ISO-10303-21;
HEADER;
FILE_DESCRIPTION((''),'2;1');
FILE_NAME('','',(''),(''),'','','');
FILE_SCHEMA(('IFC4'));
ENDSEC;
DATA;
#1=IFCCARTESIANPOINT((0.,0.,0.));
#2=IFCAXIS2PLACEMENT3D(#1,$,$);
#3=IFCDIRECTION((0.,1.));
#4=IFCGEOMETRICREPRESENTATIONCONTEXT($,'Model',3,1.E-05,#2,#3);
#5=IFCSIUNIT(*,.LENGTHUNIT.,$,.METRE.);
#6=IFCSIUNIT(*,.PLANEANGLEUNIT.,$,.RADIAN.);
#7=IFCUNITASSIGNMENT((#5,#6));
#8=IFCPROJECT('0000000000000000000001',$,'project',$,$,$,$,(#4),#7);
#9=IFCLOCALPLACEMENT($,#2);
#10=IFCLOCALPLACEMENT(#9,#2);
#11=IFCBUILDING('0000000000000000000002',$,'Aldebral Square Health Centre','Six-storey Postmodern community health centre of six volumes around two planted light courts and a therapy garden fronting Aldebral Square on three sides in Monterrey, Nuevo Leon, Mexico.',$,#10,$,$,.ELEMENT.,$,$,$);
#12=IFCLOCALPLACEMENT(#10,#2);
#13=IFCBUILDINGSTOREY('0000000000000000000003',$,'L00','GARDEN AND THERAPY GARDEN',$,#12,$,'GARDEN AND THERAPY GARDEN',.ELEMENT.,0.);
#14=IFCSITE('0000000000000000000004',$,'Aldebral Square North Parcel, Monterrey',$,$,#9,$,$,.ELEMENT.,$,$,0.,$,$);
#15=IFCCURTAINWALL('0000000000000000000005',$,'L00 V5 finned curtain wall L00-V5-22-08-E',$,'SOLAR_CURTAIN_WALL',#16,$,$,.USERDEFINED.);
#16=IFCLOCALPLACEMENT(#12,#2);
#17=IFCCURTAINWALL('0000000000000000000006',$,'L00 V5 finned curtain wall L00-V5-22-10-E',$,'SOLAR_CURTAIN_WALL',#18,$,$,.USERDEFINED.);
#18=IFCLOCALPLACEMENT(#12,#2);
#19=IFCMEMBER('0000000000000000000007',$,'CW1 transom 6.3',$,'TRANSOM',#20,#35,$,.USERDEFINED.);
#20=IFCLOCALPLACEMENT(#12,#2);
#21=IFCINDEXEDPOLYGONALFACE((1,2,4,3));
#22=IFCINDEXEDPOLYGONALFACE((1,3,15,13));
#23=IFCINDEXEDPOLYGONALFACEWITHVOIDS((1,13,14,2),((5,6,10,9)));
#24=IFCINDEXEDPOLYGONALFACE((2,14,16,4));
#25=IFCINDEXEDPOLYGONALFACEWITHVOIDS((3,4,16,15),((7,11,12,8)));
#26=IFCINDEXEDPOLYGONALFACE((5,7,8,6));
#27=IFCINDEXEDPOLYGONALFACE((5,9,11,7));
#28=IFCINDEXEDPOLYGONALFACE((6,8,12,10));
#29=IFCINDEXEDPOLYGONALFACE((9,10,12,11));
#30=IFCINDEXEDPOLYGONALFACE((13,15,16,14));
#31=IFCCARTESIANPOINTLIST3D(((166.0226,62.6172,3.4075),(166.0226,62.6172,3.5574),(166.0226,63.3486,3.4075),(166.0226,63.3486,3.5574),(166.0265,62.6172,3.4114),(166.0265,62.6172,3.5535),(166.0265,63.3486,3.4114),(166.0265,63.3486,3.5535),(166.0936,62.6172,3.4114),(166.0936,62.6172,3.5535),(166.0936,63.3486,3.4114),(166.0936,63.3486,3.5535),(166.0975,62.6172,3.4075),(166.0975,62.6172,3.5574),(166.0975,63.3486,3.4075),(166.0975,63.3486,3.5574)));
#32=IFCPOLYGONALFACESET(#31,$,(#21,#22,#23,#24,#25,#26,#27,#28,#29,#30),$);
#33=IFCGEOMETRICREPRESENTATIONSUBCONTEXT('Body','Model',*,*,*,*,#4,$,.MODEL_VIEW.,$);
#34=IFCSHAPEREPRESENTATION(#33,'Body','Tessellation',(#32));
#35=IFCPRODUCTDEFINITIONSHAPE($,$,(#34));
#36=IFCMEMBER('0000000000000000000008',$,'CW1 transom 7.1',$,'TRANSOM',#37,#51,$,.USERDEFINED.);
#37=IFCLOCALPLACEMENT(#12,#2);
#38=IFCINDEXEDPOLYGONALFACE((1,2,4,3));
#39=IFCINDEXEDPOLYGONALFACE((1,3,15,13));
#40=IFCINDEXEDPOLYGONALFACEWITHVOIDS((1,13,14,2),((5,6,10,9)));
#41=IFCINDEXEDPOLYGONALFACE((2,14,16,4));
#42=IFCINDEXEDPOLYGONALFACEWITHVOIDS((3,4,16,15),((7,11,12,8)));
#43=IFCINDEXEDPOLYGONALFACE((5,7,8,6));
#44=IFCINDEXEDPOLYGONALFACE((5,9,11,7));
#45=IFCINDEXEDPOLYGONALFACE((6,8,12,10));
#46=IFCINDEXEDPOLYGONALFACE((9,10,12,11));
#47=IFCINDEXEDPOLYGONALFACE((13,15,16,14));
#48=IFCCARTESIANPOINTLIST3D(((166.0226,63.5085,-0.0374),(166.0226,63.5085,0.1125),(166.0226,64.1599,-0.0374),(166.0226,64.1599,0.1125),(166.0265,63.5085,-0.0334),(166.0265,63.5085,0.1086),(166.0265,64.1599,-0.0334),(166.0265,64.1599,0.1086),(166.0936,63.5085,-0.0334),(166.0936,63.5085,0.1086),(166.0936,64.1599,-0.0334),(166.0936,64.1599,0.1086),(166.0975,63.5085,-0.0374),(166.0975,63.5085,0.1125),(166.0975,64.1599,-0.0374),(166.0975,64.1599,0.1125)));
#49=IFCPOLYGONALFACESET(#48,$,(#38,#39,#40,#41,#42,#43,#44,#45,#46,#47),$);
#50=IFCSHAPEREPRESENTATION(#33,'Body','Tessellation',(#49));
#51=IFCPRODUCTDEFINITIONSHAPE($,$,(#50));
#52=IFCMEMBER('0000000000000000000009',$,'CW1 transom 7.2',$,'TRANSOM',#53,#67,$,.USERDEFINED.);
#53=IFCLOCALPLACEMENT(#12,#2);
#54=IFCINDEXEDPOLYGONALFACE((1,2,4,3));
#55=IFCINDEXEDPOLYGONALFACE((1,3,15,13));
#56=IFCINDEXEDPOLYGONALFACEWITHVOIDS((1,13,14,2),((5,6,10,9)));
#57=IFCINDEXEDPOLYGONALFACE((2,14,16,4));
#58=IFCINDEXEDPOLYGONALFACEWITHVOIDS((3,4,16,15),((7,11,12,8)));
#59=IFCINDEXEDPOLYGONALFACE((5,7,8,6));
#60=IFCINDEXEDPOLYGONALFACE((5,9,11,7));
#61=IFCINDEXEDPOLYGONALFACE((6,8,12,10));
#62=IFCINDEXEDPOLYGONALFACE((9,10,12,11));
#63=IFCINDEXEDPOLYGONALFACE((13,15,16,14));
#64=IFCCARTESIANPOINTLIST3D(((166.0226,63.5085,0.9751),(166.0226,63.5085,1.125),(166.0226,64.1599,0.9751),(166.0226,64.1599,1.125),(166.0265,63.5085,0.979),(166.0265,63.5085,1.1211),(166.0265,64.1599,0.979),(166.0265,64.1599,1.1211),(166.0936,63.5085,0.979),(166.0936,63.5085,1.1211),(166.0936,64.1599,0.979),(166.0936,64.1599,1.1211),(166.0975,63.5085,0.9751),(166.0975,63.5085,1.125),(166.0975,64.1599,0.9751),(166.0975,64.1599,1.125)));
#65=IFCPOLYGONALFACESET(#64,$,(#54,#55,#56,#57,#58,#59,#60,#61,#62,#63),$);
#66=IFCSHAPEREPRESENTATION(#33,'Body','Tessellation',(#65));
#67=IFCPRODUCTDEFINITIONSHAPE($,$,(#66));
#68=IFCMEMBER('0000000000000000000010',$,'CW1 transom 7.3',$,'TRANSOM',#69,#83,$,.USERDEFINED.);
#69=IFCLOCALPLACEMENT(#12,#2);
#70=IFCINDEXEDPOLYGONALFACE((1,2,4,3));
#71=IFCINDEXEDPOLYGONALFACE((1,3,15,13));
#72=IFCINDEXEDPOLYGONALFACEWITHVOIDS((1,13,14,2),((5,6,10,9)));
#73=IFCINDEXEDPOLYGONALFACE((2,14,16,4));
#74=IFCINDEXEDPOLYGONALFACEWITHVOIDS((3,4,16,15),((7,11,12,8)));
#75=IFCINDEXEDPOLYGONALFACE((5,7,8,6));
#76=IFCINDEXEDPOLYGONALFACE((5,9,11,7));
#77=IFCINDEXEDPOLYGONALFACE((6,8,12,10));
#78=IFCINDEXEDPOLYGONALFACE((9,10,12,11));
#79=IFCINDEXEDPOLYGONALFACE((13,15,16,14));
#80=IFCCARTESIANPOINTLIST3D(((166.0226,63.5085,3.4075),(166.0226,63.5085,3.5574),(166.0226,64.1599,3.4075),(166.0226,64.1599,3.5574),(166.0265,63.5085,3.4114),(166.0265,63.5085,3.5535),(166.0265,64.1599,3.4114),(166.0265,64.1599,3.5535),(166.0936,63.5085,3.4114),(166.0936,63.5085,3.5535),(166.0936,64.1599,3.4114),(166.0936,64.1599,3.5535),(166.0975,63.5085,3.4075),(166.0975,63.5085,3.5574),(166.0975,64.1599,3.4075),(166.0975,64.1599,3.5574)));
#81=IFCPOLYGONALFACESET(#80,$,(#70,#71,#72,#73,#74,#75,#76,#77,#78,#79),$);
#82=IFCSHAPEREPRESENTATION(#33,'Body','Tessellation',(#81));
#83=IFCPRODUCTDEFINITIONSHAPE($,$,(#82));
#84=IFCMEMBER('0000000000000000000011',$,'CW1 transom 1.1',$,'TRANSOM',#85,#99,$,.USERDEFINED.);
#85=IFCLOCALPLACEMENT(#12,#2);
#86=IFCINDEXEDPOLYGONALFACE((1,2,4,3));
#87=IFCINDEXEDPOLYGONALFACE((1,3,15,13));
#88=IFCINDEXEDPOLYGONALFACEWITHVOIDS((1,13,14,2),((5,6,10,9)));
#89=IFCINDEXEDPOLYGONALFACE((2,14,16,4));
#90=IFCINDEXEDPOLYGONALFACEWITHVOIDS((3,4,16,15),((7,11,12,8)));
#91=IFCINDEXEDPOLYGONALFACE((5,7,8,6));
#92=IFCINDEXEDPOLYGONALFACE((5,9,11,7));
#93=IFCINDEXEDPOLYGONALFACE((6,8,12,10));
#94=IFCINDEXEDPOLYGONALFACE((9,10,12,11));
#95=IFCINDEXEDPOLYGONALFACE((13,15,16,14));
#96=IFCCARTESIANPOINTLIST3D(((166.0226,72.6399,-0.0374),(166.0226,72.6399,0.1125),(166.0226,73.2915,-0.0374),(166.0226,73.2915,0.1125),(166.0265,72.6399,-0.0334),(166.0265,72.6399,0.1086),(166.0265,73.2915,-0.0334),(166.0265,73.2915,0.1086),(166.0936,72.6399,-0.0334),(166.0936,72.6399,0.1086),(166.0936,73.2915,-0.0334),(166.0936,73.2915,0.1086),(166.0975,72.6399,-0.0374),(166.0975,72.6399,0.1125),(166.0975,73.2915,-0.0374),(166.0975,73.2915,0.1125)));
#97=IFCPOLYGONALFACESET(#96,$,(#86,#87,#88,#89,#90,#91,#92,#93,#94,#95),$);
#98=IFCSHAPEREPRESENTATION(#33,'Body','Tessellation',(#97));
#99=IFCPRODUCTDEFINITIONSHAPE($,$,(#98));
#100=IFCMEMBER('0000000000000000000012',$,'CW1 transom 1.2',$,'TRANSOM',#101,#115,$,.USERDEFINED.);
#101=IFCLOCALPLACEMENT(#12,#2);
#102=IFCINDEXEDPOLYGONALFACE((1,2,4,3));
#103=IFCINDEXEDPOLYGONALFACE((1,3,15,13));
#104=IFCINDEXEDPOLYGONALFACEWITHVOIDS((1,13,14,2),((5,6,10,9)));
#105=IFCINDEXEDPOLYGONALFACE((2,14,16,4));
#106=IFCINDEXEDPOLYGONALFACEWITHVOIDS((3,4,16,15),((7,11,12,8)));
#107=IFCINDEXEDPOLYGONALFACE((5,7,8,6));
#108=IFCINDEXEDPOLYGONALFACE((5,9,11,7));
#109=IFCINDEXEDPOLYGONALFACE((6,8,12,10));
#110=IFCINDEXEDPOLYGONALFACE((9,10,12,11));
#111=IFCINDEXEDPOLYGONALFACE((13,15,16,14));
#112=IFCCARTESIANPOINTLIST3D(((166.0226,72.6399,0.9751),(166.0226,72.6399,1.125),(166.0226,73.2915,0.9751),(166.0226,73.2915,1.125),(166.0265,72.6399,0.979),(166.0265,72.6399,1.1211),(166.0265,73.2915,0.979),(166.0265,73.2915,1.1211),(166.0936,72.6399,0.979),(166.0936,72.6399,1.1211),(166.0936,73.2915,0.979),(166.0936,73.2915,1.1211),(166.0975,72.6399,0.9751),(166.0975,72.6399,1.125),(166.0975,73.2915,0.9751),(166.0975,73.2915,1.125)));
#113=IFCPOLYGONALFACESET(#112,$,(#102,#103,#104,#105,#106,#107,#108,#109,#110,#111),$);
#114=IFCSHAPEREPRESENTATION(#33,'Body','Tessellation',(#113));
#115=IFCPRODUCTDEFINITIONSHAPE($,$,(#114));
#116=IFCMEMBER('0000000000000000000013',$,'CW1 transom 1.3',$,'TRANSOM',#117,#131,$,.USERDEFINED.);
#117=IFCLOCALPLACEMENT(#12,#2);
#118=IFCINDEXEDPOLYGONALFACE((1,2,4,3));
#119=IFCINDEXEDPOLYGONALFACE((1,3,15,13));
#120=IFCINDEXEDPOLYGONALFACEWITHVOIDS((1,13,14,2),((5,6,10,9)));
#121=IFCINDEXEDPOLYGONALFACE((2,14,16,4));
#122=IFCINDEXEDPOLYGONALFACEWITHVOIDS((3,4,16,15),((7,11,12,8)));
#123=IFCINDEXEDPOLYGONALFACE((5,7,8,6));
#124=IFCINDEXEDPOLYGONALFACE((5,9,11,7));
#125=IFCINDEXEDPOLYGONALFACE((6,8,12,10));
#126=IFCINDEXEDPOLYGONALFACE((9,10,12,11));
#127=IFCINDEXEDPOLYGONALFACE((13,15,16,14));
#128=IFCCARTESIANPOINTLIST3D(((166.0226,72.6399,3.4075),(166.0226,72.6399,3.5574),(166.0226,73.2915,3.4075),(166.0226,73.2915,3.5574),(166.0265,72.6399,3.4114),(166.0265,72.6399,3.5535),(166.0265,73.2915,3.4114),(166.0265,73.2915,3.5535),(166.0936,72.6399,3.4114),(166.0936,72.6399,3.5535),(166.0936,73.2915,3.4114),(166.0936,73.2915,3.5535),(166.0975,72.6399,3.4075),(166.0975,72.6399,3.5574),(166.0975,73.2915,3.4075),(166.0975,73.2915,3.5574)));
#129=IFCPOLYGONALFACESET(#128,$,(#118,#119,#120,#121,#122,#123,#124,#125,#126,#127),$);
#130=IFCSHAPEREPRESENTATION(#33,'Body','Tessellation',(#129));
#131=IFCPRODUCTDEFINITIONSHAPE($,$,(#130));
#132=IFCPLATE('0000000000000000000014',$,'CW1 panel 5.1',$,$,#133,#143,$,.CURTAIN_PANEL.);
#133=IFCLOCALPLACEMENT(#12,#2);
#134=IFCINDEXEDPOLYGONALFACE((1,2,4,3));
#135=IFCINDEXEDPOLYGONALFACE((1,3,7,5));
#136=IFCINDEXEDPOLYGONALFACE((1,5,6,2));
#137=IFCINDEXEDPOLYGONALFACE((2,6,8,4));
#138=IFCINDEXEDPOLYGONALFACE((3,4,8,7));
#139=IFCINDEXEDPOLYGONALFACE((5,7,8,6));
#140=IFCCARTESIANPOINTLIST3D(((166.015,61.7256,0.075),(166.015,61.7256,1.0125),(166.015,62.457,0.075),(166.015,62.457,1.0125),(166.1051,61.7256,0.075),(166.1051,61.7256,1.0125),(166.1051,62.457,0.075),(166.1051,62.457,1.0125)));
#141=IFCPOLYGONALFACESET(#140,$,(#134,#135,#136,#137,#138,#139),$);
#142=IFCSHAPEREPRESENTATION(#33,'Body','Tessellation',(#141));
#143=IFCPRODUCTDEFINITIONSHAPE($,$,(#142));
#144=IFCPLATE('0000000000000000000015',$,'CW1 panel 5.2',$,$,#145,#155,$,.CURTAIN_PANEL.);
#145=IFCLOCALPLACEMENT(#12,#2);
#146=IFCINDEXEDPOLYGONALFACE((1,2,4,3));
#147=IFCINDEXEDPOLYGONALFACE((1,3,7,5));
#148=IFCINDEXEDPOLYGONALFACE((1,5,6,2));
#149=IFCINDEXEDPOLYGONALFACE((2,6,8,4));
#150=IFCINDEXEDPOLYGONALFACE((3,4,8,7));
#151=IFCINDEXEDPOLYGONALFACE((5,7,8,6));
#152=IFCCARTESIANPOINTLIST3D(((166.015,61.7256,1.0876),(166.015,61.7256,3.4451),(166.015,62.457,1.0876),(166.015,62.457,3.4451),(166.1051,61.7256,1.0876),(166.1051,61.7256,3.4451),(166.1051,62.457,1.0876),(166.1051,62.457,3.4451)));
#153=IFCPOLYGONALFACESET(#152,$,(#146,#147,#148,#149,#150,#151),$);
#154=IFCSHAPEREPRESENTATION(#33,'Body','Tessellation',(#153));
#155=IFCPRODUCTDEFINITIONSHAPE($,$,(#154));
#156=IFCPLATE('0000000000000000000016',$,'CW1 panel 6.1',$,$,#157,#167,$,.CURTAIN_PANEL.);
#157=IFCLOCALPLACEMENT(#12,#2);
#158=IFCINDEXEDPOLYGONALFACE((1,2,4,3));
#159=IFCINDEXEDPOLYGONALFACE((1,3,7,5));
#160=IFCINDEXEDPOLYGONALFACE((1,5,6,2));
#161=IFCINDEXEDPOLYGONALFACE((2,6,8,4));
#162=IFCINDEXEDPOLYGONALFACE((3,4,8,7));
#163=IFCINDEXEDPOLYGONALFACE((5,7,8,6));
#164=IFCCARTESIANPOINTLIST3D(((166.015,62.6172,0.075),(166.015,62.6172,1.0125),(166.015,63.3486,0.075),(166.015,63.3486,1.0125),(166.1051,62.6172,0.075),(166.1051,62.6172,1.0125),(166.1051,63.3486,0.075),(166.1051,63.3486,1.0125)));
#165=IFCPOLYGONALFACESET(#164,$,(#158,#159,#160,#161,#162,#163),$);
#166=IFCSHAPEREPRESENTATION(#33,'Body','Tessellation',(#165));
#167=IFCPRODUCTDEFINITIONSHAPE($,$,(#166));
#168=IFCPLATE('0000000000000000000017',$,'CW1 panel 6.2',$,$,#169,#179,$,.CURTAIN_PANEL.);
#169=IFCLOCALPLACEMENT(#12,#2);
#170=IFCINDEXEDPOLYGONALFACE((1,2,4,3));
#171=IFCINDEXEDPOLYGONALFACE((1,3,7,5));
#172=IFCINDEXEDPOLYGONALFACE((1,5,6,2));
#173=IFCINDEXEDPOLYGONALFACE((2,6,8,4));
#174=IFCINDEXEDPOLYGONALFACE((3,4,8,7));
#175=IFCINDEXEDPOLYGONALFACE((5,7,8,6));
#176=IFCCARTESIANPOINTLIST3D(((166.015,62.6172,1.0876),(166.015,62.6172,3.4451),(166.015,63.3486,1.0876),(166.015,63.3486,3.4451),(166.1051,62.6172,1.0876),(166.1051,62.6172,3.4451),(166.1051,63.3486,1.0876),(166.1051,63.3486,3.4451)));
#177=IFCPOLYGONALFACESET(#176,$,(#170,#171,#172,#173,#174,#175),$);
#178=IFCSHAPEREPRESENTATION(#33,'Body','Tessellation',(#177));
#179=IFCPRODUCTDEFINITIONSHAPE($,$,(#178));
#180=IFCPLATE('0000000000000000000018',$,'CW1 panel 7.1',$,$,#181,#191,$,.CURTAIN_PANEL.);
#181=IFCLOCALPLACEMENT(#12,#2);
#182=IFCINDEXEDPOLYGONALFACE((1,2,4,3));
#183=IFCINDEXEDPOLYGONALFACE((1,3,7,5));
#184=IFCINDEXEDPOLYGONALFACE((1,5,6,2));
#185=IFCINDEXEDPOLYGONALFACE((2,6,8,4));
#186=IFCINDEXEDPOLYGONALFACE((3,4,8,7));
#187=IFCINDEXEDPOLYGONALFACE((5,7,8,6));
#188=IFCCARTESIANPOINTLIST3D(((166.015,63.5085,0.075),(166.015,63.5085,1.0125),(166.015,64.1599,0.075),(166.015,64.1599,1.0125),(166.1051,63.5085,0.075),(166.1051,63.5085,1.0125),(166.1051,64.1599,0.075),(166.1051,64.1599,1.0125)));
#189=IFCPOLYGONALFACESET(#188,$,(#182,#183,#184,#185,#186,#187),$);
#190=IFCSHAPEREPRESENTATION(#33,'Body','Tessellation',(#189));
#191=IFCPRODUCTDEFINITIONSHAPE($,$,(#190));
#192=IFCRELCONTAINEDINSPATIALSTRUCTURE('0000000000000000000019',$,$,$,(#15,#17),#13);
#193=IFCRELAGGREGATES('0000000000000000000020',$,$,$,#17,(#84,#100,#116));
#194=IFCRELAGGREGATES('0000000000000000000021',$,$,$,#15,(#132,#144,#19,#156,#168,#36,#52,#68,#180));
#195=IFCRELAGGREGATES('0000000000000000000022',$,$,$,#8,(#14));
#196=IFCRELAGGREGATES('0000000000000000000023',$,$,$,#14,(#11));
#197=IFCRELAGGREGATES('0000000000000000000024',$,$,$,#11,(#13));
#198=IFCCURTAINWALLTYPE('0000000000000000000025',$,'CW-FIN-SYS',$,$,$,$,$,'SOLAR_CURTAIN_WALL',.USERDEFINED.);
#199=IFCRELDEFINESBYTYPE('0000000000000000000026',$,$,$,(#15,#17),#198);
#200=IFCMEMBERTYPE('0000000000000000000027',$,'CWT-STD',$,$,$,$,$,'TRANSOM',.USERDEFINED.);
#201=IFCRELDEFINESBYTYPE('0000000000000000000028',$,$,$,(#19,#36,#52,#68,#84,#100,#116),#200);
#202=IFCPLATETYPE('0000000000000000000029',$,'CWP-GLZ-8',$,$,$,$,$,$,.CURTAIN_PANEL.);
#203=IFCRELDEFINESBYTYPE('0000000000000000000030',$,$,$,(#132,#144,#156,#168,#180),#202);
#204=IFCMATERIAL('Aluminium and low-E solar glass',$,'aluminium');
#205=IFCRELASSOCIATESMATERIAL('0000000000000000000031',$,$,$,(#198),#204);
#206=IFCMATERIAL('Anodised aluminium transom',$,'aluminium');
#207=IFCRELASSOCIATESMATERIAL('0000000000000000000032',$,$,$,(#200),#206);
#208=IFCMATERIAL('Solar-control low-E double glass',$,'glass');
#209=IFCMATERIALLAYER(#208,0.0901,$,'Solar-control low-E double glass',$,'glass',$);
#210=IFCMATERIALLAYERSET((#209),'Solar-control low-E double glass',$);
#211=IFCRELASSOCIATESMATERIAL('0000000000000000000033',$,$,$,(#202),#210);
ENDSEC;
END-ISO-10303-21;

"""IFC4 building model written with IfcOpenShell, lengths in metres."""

from ifc_helpers import new_model, si_unit, direction, frame, origin, origin_2d, place, context, subcontext, project, spatial, rectangle, hollow_rectangle, extrude, material, layer, layer_set, material_profile, profile_set, type_object, element, aggregate, save


model = new_model("IFC4")

# Units and contexts
model_context = context("Model", 3, precision=1e-05, world=origin(), true_north=direction((0.0, 1.0)))
body_context = subcontext(model_context, "Body", "Model", "MODEL_VIEW")
ifc_project = project(units=[si_unit("LENGTHUNIT", "METRE"), si_unit("PLANEANGLEUNIT", "RADIAN")], contexts=[model_context])

# Site, building, storey
site_placement = place(None, origin())
site = spatial("IfcSite", under=ifc_project, at=site_placement, Name="Aldebral Square North Parcel, Monterrey", CompositionType="ELEMENT", RefElevation=0.0)
building_placement = place(site_placement, origin())
building = spatial("IfcBuilding", under=site, at=building_placement, Name="Aldebral Square Health Centre", Description="Six-storey Postmodern community health centre of six volumes around two planted light courts and a therapy garden fronting Aldebral Square on three sides in Monterrey, Nuevo Leon, Mexico.", CompositionType="ELEMENT")
storey_placement = place(building_placement, origin())
storey = spatial("IfcBuildingStorey", under=building, at=storey_placement, Name="L00", Description="GARDEN AND THERAPY GARDEN", LongName="GARDEN AND THERAPY GARDEN", CompositionType="ELEMENT", Elevation=0.0)

# Curtain wall
ifc_material_1 = material(Name="Aluminium and low-E solar glass", Category="aluminium")
curtain_wall_type = type_object("IfcCurtainWallType", Name="CW-FIN-SYS", ElementType="SOLAR_CURTAIN_WALL", PredefinedType="USERDEFINED", material=ifc_material_1)
curtain_wall_1_placement = place(storey_placement, origin())
curtain_wall_1 = element("IfcCurtainWall", 1, at=curtain_wall_1_placement, inside=storey, type_object=curtain_wall_type, Name="L00 V5 finned curtain wall L00-V5-22-08-E", ObjectType="SOLAR_CURTAIN_WALL", PredefinedType="USERDEFINED")

# Curtain wall
curtain_wall_2_placement = place(storey_placement, origin())
curtain_wall_2 = element("IfcCurtainWall", 2, at=curtain_wall_2_placement, inside=storey, type_object=curtain_wall_type, Name="L00 V5 finned curtain wall L00-V5-22-10-E", ObjectType="SOLAR_CURTAIN_WALL", PredefinedType="USERDEFINED")

# Members
ifc_material_2 = material(Name="Anodised aluminium transom", Category="aluminium")
ifc_material_profile_1 = material_profile(ifc_material_2, hollow_rectangle(XDim=0.075, YDim=0.1499, WallThickness=0.0039, at=origin_2d()), Name="CWT 75x150x4")
ifc_profile_set_1 = profile_set([ifc_material_profile_1], Name="Anodised aluminium transom")
member_type_1 = type_object("IfcMemberType", Name="CWT-STD", ElementType="TRANSOM", PredefinedType="USERDEFINED", material=ifc_profile_set_1)
member_1_placement = place(storey_placement, frame((166.0601, 62.6172, 3.4824), z_axis=(0.0, 1.0, 0.0), x_axis=(-1.0, 0.0, 0.0)))
member_1 = element("IfcMember", 3, at=member_1_placement, type_object=member_type_1, Name="CW1 transom 6.3", ObjectType="TRANSOM", PredefinedType="USERDEFINED", context=body_context, shape_type="SweptSolid", body=[
    extrude(hollow_rectangle(XDim=0.075, YDim=0.1499, WallThickness=0.0039, at=origin_2d()), origin(), (0.0, 0.0, 1.0), 0.7314),
])
member_2_placement = place(storey_placement, frame((166.0601, 63.5085, 0.0376), z_axis=(0.0, 1.0, 0.0), x_axis=(-1.0, 0.0, 0.0)))
member_2 = element("IfcMember", 4, at=member_2_placement, type_object=member_type_1, Name="CW1 transom 7.1", ObjectType="TRANSOM", PredefinedType="USERDEFINED", context=body_context, shape_type="SweptSolid", body=[
    extrude(hollow_rectangle(XDim=0.075, YDim=0.1499, WallThickness=0.0039, at=origin_2d()), origin(), (0.0, 0.0, 1.0), 0.6514),
])
member_3_placement = place(storey_placement, frame((166.0601, 63.5085, 1.05), z_axis=(0.0, 1.0, 0.0), x_axis=(-1.0, 0.0, 0.0)))
member_3 = element("IfcMember", 5, at=member_3_placement, type_object=member_type_1, Name="CW1 transom 7.2", ObjectType="TRANSOM", PredefinedType="USERDEFINED", context=body_context, shape_type="SweptSolid", body=[
    extrude(hollow_rectangle(XDim=0.075, YDim=0.1499, WallThickness=0.0039, at=origin_2d()), origin(), (0.0, 0.0, 1.0), 0.6514),
])
member_4_placement = place(storey_placement, frame((166.0601, 63.5085, 3.4824), z_axis=(0.0, 1.0, 0.0), x_axis=(-1.0, 0.0, 0.0)))
member_4 = element("IfcMember", 6, at=member_4_placement, type_object=member_type_1, Name="CW1 transom 7.3", ObjectType="TRANSOM", PredefinedType="USERDEFINED", context=body_context, shape_type="SweptSolid", body=[
    extrude(hollow_rectangle(XDim=0.075, YDim=0.1499, WallThickness=0.0039, at=origin_2d()), origin(), (0.0, 0.0, 1.0), 0.6514),
])
member_5_placement = place(storey_placement, frame((166.0601, 72.6399, 0.0376), z_axis=(0.0, 1.0, 0.0), x_axis=(-1.0, 0.0, 0.0)))
member_5 = element("IfcMember", 7, at=member_5_placement, type_object=member_type_1, Name="CW1 transom 1.1", ObjectType="TRANSOM", PredefinedType="USERDEFINED", context=body_context, shape_type="SweptSolid", body=[
    extrude(hollow_rectangle(XDim=0.075, YDim=0.1499, WallThickness=0.0039, at=origin_2d()), origin(), (0.0, 0.0, 1.0), 0.6516),
])
member_6_placement = place(storey_placement, frame((166.0601, 72.6399, 1.05), z_axis=(0.0, 1.0, 0.0), x_axis=(-1.0, 0.0, 0.0)))
member_6 = element("IfcMember", 8, at=member_6_placement, type_object=member_type_1, Name="CW1 transom 1.2", ObjectType="TRANSOM", PredefinedType="USERDEFINED", context=body_context, shape_type="SweptSolid", body=[
    extrude(hollow_rectangle(XDim=0.075, YDim=0.1499, WallThickness=0.0039, at=origin_2d()), origin(), (0.0, 0.0, 1.0), 0.6516),
])
member_7_placement = place(storey_placement, frame((166.0601, 72.6399, 3.4824), z_axis=(0.0, 1.0, 0.0), x_axis=(-1.0, 0.0, 0.0)))
member_7 = element("IfcMember", 9, at=member_7_placement, type_object=member_type_1, Name="CW1 transom 1.3", ObjectType="TRANSOM", PredefinedType="USERDEFINED", context=body_context, shape_type="SweptSolid", body=[
    extrude(hollow_rectangle(XDim=0.075, YDim=0.1499, WallThickness=0.0039, at=origin_2d()), origin(), (0.0, 0.0, 1.0), 0.6516),
])
aggregate(curtain_wall_2, [member_5, member_6, member_7])

# Plates
ifc_material_3 = material(Name="Solar-control low-E double glass", Category="glass")
ifc_layer_1 = layer(ifc_material_3, 0.0901, Name="Solar-control low-E double glass", Category="glass")
ifc_layer_set_1 = layer_set([ifc_layer_1], Name="Solar-control low-E double glass")
plate_type = type_object("IfcPlateType", Name="CWP-GLZ-8", PredefinedType="CURTAIN_PANEL", material=ifc_layer_set_1)
plate_1_placement = place(storey_placement, frame((166.0601, 62.0913, 0.075), z_axis=(0.0, 0.0, 1.0), x_axis=(0.0, 1.0, 0.0)))
plate_1 = element("IfcPlate", 10, at=plate_1_placement, type_object=plate_type, Name="CW1 panel 5.1", PredefinedType="CURTAIN_PANEL", context=body_context, shape_type="SweptSolid", body=[
    extrude(rectangle(XDim=0.7314, YDim=0.0901, at=origin_2d()), origin(), (0.0, 0.0, 1.0), 0.9375),
])
plate_2_placement = place(storey_placement, frame((166.0601, 62.0913, 1.0876), z_axis=(0.0, 0.0, 1.0), x_axis=(0.0, 1.0, 0.0)))
plate_2 = element("IfcPlate", 11, at=plate_2_placement, type_object=plate_type, Name="CW1 panel 5.2", PredefinedType="CURTAIN_PANEL", context=body_context, shape_type="SweptSolid", body=[
    extrude(rectangle(XDim=0.7314, YDim=0.0901, at=origin_2d()), origin(), (0.0, 0.0, 1.0), 2.3574),
])
plate_3_placement = place(storey_placement, frame((166.0601, 62.9829, 0.075), z_axis=(0.0, 0.0, 1.0), x_axis=(0.0, 1.0, 0.0)))
plate_3 = element("IfcPlate", 12, at=plate_3_placement, type_object=plate_type, Name="CW1 panel 6.1", PredefinedType="CURTAIN_PANEL", context=body_context, shape_type="SweptSolid", body=[
    extrude(rectangle(XDim=0.7314, YDim=0.0901, at=origin_2d()), origin(), (0.0, 0.0, 1.0), 0.9375),
])
plate_4_placement = place(storey_placement, frame((166.0601, 62.9829, 1.0876), z_axis=(0.0, 0.0, 1.0), x_axis=(0.0, 1.0, 0.0)))
plate_4 = element("IfcPlate", 13, at=plate_4_placement, type_object=plate_type, Name="CW1 panel 6.2", PredefinedType="CURTAIN_PANEL", context=body_context, shape_type="SweptSolid", body=[
    extrude(rectangle(XDim=0.7314, YDim=0.0901, at=origin_2d()), origin(), (0.0, 0.0, 1.0), 2.3574),
])
plate_5_placement = place(storey_placement, frame((166.0601, 63.8342, 0.075), z_axis=(0.0, 0.0, 1.0), x_axis=(0.0, 1.0, 0.0)))
plate_5 = element("IfcPlate", 14, at=plate_5_placement, type_object=plate_type, Name="CW1 panel 7.1", PredefinedType="CURTAIN_PANEL", context=body_context, shape_type="SweptSolid", body=[
    extrude(rectangle(XDim=0.6514, YDim=0.0901, at=origin_2d()), origin(), (0.0, 0.0, 1.0), 0.9375),
])
aggregate(curtain_wall_1, [plate_1, plate_2, member_1, plate_3, plate_4, member_2, member_3, member_4, plate_5])

save(model, "model.ifc")
